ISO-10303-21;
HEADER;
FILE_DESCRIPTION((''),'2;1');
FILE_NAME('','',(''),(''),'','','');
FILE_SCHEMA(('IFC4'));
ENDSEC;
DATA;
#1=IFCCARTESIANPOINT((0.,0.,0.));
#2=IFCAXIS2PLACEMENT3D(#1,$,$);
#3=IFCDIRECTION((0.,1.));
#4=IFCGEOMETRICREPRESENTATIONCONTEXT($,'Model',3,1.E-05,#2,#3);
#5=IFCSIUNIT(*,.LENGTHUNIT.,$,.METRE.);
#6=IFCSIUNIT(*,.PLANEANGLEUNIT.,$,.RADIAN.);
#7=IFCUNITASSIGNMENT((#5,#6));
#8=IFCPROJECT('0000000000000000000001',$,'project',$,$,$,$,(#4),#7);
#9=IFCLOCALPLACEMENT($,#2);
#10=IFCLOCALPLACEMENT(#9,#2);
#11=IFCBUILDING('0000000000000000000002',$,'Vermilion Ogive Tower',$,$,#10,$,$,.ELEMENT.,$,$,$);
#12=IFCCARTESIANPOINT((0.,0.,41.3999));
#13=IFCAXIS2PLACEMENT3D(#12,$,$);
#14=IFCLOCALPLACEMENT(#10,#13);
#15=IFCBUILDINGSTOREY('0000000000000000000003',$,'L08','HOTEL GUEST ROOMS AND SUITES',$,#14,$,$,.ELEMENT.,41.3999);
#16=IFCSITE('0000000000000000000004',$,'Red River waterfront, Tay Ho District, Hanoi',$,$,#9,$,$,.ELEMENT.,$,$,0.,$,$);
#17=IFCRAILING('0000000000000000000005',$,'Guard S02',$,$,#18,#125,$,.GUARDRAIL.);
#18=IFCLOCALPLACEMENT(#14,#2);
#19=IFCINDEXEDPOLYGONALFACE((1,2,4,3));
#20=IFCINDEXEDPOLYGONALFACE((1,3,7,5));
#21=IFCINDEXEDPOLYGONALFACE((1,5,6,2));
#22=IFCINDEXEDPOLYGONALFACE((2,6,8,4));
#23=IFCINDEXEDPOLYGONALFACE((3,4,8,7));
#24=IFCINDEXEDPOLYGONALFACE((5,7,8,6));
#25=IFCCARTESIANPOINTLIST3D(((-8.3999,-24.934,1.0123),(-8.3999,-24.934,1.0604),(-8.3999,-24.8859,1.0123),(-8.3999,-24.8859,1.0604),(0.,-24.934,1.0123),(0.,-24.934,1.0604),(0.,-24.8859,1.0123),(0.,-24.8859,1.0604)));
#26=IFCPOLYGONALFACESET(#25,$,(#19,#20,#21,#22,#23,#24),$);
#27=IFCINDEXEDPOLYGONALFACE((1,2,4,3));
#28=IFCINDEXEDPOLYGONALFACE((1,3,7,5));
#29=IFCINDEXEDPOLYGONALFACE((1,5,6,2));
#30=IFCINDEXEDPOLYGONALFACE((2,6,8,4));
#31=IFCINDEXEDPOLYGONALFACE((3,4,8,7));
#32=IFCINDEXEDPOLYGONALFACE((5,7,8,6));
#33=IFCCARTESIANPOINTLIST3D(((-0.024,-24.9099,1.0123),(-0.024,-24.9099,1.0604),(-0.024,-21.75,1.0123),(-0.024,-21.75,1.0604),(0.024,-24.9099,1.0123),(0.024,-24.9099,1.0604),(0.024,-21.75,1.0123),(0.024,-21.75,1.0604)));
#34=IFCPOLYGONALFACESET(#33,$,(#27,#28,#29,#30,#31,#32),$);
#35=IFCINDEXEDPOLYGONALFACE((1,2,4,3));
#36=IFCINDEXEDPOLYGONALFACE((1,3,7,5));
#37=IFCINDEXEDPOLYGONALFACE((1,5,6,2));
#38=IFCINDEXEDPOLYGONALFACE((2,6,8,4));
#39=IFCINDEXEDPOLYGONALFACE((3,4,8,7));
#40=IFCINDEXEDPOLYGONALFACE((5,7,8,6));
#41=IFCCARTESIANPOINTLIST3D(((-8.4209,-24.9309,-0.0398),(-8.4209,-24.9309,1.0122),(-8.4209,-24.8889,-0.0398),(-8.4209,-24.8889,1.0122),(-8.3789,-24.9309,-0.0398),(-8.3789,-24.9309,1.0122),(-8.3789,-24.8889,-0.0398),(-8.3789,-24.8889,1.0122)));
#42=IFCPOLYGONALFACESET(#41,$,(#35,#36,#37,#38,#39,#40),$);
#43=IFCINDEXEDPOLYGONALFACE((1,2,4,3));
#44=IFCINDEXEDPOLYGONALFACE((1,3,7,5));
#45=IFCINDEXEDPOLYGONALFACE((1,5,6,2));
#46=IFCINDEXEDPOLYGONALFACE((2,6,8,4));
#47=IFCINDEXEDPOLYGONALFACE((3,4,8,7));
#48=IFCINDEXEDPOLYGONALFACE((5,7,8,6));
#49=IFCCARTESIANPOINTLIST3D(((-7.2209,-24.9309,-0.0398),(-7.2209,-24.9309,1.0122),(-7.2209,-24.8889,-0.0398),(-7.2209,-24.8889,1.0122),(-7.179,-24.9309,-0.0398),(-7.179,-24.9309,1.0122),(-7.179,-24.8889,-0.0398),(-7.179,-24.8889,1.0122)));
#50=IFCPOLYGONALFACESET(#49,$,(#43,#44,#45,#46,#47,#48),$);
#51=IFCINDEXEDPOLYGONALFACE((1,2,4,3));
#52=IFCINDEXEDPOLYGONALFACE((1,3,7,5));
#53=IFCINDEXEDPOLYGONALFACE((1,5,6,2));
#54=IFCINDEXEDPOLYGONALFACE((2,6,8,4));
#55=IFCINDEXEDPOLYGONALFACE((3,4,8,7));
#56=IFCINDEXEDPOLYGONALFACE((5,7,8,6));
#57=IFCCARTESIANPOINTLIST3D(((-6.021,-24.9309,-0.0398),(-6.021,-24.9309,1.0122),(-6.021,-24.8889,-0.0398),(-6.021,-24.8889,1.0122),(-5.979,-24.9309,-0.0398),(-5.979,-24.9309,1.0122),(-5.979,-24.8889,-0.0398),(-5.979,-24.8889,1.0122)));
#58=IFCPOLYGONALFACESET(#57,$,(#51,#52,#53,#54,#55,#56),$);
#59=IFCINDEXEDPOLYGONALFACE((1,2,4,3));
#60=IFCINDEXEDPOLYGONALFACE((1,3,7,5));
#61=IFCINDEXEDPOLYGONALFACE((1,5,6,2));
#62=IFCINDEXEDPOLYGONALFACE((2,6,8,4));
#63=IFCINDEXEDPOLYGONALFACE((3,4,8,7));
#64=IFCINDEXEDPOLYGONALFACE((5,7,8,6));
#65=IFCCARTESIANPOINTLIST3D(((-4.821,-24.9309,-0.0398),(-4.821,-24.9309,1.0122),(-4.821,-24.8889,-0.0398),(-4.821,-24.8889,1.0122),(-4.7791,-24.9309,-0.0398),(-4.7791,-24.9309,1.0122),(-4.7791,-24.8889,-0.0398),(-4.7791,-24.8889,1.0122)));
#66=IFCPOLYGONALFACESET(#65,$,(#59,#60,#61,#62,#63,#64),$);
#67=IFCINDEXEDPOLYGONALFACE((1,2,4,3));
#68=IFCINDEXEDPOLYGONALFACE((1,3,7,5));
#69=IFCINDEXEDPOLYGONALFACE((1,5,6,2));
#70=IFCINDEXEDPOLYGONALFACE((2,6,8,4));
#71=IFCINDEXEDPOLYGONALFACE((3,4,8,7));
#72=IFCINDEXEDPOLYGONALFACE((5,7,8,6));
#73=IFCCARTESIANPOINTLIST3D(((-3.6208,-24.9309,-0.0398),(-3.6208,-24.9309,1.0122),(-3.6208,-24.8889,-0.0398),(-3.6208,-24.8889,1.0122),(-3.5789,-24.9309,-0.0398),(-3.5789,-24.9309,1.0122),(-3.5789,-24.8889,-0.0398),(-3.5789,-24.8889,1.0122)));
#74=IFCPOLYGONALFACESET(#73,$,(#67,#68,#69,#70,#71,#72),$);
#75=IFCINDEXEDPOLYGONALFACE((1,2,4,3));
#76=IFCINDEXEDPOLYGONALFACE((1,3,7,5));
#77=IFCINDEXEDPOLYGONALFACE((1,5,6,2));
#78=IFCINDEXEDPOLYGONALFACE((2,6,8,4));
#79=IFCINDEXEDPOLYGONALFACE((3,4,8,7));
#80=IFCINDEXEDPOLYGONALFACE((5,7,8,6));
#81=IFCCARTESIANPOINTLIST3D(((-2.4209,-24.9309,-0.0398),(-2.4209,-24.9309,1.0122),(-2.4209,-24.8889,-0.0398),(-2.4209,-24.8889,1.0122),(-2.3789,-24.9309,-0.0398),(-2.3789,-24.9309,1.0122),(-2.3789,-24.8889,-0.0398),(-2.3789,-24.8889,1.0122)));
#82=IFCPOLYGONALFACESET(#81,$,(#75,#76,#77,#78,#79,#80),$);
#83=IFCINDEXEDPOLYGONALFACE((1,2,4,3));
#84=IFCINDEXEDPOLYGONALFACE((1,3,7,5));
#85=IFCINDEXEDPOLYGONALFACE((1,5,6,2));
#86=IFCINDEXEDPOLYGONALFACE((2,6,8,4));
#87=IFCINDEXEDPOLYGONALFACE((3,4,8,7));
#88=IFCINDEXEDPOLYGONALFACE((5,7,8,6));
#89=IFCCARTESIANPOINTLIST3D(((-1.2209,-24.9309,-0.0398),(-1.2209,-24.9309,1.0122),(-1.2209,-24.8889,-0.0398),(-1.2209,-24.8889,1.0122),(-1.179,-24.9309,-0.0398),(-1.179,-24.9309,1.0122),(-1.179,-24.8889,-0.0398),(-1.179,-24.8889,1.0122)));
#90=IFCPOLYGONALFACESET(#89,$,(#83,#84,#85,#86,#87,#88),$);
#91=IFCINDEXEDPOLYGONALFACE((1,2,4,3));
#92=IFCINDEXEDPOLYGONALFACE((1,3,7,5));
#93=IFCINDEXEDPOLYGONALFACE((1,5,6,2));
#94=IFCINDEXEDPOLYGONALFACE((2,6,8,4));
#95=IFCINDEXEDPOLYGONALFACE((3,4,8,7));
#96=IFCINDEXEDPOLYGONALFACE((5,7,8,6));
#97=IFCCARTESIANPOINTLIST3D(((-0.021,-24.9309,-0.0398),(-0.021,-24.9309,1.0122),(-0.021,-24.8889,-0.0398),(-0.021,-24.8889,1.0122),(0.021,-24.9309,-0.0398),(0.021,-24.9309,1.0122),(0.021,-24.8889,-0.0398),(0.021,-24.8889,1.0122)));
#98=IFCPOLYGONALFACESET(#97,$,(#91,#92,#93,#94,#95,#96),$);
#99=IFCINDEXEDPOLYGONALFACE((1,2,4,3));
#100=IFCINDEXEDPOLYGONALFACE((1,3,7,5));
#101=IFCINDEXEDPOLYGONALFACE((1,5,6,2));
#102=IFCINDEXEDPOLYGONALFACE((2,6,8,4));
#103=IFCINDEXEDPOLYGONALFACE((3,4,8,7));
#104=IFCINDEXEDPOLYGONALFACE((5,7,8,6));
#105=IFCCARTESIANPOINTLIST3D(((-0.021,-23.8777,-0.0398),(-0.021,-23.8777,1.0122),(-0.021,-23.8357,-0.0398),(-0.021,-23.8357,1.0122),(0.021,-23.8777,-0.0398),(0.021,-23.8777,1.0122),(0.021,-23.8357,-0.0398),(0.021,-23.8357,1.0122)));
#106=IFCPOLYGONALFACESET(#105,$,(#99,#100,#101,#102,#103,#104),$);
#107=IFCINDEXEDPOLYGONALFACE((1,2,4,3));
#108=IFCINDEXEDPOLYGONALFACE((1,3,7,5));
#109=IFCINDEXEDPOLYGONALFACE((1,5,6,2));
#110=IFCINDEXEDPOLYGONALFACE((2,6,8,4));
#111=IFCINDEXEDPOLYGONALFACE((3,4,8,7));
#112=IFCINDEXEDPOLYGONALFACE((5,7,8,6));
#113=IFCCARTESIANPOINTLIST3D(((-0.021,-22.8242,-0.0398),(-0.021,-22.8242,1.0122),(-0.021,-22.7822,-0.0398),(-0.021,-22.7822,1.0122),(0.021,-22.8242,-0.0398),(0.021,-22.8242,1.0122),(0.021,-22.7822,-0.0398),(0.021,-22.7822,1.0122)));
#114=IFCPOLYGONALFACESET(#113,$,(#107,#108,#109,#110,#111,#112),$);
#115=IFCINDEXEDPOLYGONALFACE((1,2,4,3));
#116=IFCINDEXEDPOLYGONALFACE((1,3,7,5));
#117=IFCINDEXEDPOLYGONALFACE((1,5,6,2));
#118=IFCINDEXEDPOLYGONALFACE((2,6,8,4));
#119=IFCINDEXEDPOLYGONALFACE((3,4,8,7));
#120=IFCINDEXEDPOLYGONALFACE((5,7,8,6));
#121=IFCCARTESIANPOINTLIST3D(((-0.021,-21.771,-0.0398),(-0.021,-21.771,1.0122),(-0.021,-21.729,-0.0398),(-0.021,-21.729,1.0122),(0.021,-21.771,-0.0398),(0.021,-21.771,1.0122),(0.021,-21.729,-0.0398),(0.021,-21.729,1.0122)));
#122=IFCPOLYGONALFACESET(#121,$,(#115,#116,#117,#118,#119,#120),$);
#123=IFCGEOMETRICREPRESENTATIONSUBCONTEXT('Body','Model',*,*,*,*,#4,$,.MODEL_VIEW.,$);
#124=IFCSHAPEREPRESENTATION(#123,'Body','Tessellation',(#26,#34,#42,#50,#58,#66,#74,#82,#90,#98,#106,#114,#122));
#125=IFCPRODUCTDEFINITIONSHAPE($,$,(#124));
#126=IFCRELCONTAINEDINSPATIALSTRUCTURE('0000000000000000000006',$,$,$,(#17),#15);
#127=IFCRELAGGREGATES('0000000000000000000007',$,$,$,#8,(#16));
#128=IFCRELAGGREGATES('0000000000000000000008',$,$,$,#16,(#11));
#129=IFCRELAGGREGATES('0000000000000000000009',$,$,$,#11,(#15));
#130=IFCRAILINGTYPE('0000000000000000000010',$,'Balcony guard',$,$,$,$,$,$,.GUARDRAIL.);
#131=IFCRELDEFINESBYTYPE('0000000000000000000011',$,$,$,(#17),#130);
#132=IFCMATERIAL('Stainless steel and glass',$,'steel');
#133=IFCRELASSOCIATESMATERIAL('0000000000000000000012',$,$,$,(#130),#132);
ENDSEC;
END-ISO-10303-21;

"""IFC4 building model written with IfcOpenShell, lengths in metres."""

from ifc_helpers import new_model, si_unit, direction, frame, origin, origin_2d, place, context, subcontext, project, spatial, rectangle, extrude, material, type_object, element, save


model = new_model("IFC4")

# Units and contexts
model_context = context("Model", 3, precision=1e-05, world=origin(), true_north=direction((0.0, 1.0)))
body_context = subcontext(model_context, "Body", "Model", "MODEL_VIEW")
ifc_project = project(units=[si_unit("LENGTHUNIT", "METRE"), si_unit("PLANEANGLEUNIT", "RADIAN")], contexts=[model_context])

# Site, building, storey
site_placement = place(None, origin())
site = spatial("IfcSite", under=ifc_project, at=site_placement, Name="Red River waterfront, Tay Ho District, Hanoi", CompositionType="ELEMENT", RefElevation=0.0)
building_placement = place(site_placement, origin())
building = spatial("IfcBuilding", under=site, at=building_placement, Name="Vermilion Ogive Tower", CompositionType="ELEMENT")
storey_placement = place(building_placement, frame((0.0, 0.0, 41.3999)))
storey = spatial("IfcBuildingStorey", under=building, at=storey_placement, Name="L08", Description="HOTEL GUEST ROOMS AND SUITES", CompositionType="ELEMENT", Elevation=41.3999)

# Railing
ifc_material_1 = material(Name="Stainless steel and glass", Category="steel")
railing_type_1 = type_object("IfcRailingType", Name="Balcony guard", PredefinedType="GUARDRAIL", material=ifc_material_1)
railing_1_placement = place(storey_placement, frame((-8.3999, -24.9099, -0.0398)))
element("IfcRailing", 1, at=railing_1_placement, inside=storey, type_object=railing_type_1, Name="Guard S02", PredefinedType="GUARDRAIL", context=body_context, shape_type="SweptSolid", body=[
    extrude(rectangle(XDim=0.0481, YDim=0.0481, at=origin_2d()), frame((0.0, 0.0, 1.0762), z_axis=(1.0, 0.0, 0.0), x_axis=(0.0, 1.0, 0.0)), (0.0, 0.0, 1.0), 8.3999),
    extrude(rectangle(XDim=0.0481, YDim=0.0481, at=origin_2d()), frame((8.3999, 0.0, 1.0762), z_axis=(0.0, 1.0, 0.0), x_axis=(-1.0, 0.0, 0.0)), (0.0, 0.0, 1.0), 3.1599),
    extrude(rectangle(XDim=0.042, YDim=0.042, at=origin_2d()), origin(), (0.0, 0.0, 1.0), 1.052),
    extrude(rectangle(XDim=0.042, YDim=0.042, at=origin_2d()), frame((1.2, 0.0, 0.0)), (0.0, 0.0, 1.0), 1.052),
    extrude(rectangle(XDim=0.042, YDim=0.042, at=origin_2d()), frame((2.3999, 0.0, 0.0)), (0.0, 0.0, 1.0), 1.052),
    extrude(rectangle(XDim=0.042, YDim=0.042, at=origin_2d()), frame((3.5999, 0.0, 0.0)), (0.0, 0.0, 1.0), 1.052),
    extrude(rectangle(XDim=0.042, YDim=0.042, at=origin_2d()), frame((4.8, 0.0, 0.0)), (0.0, 0.0, 1.0), 1.052),
    extrude(rectangle(XDim=0.042, YDim=0.042, at=origin_2d()), frame((6.0, 0.0, 0.0)), (0.0, 0.0, 1.0), 1.052),
    extrude(rectangle(XDim=0.042, YDim=0.042, at=origin_2d()), frame((7.2, 0.0, 0.0)), (0.0, 0.0, 1.0), 1.052),
    extrude(rectangle(XDim=0.042, YDim=0.042, at=origin_2d()), frame((8.3999, 0.0, 0.0)), (0.0, 0.0, 1.0), 1.052),
    extrude(rectangle(XDim=0.042, YDim=0.042, at=origin_2d()), frame((8.3999, 1.0532, 0.0)), (0.0, 0.0, 1.0), 1.052),
    extrude(rectangle(XDim=0.042, YDim=0.042, at=origin_2d()), frame((8.3999, 2.1067, 0.0)), (0.0, 0.0, 1.0), 1.052),
    extrude(rectangle(XDim=0.042, YDim=0.042, at=origin_2d()), frame((8.3999, 3.1599, 0.0)), (0.0, 0.0, 1.0), 1.052),
])

save(model, "model.ifc")
